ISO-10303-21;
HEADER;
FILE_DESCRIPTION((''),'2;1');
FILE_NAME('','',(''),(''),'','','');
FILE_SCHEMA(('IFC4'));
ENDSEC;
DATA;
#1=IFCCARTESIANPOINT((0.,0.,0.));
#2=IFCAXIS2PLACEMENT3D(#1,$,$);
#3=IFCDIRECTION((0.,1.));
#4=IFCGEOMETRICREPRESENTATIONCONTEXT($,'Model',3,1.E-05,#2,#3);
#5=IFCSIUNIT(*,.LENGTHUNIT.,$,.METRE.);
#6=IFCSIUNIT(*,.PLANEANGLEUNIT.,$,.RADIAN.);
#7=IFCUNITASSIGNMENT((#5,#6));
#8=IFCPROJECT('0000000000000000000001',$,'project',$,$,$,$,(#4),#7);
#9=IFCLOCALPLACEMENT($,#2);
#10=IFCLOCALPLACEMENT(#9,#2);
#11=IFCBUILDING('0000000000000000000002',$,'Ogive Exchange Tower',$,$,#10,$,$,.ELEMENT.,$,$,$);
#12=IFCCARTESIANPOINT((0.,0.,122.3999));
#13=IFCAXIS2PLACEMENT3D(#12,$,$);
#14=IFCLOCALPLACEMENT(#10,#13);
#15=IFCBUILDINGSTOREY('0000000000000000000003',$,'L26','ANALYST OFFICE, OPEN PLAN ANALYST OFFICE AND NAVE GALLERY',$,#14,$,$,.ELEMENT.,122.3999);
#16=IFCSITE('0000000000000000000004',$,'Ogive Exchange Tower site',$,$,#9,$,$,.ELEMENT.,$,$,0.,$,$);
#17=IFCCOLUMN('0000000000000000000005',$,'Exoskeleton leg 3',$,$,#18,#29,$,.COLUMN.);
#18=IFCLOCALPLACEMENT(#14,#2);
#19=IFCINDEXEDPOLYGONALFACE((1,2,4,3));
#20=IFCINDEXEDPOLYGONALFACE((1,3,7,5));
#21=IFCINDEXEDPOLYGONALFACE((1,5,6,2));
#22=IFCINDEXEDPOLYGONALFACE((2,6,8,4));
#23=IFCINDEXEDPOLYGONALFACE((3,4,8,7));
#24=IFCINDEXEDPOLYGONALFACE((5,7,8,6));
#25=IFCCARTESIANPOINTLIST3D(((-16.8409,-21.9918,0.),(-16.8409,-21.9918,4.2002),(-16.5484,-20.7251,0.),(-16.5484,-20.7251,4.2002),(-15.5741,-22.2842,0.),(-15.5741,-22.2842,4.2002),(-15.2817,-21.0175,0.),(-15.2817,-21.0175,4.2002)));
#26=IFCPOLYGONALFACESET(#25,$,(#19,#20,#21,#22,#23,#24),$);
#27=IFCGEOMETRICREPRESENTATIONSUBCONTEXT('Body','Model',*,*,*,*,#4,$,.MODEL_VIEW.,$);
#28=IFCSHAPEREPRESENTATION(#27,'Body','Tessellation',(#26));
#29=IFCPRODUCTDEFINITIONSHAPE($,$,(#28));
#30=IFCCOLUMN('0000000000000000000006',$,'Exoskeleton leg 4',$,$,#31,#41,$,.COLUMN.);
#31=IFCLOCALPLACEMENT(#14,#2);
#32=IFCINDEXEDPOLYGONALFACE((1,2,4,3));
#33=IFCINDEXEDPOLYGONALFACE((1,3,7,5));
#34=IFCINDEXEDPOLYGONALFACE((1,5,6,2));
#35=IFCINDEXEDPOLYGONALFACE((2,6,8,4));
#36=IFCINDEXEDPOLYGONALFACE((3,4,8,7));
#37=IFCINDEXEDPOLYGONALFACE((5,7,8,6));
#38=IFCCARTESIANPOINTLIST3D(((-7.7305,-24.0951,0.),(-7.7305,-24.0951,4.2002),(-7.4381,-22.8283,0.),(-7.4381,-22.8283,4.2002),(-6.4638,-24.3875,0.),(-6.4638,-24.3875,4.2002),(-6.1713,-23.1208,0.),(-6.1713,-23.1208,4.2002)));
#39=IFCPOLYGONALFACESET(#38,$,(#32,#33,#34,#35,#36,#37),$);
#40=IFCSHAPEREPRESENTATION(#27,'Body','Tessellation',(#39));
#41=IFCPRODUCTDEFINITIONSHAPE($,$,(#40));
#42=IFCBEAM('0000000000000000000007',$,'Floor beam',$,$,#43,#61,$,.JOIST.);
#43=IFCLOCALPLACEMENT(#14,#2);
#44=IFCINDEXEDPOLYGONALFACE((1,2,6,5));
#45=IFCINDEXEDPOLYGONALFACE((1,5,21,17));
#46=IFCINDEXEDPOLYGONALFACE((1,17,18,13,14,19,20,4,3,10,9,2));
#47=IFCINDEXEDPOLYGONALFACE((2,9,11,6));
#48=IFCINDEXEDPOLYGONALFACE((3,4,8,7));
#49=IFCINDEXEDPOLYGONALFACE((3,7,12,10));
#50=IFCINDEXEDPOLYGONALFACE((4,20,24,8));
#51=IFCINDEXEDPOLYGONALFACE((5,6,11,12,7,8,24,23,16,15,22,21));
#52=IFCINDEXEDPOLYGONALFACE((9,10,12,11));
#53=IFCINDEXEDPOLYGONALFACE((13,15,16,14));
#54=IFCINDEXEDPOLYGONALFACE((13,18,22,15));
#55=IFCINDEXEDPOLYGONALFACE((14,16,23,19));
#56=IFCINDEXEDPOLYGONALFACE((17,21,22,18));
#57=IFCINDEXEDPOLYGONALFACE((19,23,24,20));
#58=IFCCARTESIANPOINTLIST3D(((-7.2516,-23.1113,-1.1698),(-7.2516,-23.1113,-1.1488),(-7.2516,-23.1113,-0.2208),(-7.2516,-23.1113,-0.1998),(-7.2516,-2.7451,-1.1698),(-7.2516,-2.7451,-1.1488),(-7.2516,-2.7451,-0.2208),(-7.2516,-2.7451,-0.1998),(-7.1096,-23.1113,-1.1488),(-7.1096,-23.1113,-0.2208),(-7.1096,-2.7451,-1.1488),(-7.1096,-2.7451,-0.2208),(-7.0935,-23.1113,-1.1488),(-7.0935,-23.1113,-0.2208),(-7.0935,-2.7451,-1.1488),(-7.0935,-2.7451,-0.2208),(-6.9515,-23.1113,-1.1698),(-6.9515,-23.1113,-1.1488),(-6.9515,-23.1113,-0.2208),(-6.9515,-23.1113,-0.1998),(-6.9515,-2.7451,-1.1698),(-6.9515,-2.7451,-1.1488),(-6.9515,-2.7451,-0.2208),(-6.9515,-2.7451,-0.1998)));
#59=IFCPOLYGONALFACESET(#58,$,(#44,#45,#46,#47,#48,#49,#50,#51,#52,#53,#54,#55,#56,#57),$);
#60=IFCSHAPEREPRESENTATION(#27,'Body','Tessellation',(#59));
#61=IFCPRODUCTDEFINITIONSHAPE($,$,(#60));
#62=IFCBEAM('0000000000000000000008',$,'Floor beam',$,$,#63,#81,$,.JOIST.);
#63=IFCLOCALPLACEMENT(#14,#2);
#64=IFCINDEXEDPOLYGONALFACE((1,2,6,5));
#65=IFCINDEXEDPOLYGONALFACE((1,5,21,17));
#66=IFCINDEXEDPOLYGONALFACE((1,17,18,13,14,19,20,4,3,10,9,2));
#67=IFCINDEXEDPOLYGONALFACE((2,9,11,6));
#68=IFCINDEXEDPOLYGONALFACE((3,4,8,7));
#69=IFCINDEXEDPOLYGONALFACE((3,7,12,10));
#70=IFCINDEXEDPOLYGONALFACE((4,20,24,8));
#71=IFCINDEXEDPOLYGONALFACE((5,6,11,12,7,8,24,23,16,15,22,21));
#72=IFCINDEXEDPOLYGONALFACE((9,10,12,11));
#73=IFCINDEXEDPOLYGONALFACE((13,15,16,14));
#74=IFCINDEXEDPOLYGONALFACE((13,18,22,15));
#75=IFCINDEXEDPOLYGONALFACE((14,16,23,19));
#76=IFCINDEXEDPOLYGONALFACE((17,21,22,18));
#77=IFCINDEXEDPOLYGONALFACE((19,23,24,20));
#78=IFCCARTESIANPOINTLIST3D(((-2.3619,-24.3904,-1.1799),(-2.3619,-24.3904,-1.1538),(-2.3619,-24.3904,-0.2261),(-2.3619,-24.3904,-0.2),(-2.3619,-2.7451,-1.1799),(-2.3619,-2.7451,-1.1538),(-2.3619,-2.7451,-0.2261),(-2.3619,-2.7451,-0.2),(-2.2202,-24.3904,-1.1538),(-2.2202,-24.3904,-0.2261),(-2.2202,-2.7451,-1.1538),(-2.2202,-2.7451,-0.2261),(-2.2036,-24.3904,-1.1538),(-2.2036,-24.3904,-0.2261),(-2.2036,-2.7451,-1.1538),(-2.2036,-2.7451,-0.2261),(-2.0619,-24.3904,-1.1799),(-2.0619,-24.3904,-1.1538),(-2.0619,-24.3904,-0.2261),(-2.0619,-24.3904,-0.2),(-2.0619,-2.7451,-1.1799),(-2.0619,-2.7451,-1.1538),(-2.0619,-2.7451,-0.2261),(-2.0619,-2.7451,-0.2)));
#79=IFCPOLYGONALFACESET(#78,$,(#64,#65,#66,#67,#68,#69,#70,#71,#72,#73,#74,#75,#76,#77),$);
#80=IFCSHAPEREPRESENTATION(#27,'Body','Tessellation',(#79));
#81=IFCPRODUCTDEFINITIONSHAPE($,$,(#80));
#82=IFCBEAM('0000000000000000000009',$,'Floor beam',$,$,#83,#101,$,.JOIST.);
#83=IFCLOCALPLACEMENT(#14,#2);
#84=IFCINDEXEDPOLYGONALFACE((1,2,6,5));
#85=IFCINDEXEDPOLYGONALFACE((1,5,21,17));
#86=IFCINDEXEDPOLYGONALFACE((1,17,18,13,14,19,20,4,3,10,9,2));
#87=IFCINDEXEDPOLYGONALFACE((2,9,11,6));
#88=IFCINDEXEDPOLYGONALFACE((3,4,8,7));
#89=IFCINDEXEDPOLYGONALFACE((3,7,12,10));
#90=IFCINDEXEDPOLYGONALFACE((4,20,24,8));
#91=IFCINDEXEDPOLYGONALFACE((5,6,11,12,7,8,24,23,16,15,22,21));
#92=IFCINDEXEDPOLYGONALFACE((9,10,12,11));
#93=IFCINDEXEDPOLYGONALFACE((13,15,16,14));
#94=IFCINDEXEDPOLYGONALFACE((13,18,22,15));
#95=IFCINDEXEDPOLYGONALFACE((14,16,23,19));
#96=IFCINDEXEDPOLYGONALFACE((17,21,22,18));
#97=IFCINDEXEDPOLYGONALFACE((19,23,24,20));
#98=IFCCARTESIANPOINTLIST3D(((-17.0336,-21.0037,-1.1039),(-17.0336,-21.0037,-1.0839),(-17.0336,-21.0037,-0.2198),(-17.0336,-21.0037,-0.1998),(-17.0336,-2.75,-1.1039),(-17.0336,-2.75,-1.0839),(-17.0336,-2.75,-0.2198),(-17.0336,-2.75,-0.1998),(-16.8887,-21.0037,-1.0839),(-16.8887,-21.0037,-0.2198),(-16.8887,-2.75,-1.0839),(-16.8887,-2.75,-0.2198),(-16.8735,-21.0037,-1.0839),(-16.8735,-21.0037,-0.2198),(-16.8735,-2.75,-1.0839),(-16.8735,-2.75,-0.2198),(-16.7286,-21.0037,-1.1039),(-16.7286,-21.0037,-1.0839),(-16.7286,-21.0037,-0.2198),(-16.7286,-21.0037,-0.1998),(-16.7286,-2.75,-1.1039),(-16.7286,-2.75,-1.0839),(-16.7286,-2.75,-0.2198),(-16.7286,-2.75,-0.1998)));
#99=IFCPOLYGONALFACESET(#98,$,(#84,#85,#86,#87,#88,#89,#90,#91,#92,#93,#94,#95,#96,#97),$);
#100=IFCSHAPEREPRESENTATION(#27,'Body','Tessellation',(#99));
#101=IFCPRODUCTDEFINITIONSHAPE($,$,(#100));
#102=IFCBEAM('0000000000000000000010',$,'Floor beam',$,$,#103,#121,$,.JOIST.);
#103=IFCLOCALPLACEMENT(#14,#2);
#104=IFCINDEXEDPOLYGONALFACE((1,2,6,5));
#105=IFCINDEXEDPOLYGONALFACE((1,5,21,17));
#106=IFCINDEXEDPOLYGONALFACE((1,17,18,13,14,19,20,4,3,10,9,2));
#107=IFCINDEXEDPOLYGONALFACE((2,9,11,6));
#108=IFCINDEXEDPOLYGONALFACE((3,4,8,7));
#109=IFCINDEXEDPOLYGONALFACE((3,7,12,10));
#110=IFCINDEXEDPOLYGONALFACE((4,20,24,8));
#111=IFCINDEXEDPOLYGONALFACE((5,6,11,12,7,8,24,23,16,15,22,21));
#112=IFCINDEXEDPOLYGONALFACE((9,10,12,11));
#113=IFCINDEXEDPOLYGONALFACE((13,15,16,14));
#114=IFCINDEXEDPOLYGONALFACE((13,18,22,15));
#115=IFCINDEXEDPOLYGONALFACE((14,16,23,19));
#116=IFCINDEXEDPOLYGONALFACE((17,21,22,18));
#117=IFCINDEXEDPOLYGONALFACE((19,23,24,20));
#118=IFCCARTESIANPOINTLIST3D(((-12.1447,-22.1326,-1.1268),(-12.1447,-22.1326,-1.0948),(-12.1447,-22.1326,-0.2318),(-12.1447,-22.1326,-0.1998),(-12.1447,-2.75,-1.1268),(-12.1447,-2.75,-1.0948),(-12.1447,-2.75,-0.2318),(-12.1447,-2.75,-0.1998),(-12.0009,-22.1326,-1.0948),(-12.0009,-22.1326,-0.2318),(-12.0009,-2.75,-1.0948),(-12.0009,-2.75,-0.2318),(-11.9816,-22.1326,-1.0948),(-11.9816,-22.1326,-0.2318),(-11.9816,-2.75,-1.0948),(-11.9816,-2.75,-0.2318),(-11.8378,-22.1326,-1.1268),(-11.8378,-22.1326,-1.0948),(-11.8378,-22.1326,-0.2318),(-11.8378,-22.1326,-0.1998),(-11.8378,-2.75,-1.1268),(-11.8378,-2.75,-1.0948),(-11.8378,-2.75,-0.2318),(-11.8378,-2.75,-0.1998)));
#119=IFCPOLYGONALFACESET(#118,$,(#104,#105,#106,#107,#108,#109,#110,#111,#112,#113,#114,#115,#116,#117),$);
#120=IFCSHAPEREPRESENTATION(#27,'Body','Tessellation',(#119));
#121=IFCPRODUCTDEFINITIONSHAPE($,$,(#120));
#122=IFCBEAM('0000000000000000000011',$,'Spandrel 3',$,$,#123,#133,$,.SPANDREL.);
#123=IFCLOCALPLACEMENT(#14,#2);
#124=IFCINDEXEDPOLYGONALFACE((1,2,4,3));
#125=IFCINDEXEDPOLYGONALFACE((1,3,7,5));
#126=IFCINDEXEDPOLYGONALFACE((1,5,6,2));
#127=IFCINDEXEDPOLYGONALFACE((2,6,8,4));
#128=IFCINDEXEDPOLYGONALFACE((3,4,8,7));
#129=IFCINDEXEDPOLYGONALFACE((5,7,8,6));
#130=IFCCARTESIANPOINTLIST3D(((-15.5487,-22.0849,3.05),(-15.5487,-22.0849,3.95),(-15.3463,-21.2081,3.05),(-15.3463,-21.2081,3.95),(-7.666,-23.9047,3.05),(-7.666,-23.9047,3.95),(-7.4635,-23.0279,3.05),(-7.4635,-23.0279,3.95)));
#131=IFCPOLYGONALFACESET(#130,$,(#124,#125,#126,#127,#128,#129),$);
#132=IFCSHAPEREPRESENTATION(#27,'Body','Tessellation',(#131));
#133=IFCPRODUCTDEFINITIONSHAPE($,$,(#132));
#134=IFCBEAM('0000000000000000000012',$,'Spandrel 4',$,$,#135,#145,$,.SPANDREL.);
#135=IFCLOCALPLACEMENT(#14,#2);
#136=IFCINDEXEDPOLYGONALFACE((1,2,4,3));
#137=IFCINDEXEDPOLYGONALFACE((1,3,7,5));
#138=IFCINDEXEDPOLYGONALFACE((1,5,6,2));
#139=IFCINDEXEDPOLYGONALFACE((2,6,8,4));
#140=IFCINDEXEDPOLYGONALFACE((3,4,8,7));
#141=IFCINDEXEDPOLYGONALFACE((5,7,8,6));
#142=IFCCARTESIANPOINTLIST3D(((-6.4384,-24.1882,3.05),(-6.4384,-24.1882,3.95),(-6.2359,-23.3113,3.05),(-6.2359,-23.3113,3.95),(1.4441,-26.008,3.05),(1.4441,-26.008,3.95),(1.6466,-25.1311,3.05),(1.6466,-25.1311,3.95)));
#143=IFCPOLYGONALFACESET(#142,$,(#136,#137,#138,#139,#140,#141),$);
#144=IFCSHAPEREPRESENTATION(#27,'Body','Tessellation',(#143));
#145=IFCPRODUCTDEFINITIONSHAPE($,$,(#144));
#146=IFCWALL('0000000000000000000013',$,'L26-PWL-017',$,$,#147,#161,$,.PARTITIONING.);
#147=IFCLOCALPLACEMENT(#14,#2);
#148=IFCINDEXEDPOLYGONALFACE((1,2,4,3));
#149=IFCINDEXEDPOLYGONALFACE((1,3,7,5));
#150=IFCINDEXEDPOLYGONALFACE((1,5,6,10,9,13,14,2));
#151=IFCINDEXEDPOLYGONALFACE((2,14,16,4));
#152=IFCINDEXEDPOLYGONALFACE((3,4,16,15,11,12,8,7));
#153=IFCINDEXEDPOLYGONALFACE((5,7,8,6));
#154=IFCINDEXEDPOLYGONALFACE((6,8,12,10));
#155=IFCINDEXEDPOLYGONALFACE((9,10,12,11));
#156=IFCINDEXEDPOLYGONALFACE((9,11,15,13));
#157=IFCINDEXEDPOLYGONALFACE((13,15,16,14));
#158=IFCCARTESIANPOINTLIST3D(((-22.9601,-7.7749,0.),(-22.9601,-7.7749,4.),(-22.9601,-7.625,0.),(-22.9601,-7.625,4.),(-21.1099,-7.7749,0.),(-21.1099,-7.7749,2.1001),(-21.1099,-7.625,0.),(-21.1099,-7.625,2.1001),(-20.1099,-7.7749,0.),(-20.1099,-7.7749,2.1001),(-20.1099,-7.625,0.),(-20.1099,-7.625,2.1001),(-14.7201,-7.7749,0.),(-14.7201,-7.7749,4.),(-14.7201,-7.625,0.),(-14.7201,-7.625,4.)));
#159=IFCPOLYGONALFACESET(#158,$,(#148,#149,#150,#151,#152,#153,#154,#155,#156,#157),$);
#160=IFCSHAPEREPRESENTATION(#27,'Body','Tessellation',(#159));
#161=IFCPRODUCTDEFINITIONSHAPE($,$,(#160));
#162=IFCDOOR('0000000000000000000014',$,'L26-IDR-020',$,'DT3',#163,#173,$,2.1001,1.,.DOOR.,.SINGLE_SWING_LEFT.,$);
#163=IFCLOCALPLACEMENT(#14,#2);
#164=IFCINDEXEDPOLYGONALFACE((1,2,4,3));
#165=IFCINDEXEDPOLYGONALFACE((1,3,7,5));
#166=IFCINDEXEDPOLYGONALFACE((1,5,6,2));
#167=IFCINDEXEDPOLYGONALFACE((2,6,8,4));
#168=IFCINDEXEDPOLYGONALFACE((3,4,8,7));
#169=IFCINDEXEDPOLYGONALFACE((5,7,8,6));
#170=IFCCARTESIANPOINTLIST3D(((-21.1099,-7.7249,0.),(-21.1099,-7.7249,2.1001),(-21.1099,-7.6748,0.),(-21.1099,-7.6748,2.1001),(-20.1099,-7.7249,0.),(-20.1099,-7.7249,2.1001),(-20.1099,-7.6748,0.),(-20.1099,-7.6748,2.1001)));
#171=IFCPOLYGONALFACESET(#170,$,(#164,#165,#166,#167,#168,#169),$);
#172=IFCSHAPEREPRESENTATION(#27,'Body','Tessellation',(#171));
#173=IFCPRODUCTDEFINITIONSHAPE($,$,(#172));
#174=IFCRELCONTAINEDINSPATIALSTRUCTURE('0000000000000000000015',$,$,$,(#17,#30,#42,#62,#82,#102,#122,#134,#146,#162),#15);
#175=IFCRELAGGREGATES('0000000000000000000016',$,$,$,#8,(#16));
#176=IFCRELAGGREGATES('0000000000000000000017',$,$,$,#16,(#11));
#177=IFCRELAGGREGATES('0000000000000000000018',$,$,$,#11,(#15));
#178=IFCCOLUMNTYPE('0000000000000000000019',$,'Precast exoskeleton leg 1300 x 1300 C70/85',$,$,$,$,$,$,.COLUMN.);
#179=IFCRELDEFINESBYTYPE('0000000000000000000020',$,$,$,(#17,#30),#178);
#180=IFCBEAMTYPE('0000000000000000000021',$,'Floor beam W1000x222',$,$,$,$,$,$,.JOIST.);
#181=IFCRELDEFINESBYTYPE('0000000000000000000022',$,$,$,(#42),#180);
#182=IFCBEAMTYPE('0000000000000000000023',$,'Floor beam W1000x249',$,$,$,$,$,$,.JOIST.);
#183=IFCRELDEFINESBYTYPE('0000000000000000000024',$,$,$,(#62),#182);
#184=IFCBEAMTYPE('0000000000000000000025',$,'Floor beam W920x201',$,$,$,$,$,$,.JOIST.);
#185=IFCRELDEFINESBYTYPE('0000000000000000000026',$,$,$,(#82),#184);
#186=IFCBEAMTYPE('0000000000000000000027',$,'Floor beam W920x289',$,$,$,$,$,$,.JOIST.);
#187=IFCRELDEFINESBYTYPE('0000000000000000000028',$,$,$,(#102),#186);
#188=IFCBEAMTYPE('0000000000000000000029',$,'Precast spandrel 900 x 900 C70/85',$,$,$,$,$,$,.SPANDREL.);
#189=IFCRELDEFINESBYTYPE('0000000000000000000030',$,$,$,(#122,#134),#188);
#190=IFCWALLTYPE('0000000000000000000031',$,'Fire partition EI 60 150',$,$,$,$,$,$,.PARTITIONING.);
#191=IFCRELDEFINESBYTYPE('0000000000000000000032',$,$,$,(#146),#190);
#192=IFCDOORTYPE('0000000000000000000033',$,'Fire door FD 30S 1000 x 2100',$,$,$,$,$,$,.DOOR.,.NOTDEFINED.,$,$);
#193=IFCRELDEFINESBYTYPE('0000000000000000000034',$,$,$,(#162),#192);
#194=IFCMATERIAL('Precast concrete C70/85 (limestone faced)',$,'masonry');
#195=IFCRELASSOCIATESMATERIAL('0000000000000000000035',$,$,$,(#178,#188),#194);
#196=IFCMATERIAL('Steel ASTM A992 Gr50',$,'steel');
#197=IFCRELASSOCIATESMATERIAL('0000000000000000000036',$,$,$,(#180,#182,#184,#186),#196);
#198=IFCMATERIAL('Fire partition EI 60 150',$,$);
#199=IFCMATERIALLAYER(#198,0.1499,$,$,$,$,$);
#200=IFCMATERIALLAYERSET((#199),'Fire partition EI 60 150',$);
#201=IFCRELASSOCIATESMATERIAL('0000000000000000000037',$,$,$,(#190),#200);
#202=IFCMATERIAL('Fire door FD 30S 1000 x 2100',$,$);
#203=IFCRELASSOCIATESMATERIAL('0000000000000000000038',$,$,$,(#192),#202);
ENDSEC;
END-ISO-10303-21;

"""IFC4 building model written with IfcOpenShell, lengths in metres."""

from ifc_helpers import new_model, si_unit, direction, frame, frame_2d, origin, origin_2d, place, context, subcontext, project, spatial, rectangle, i_section, extrude, material, layer, layer_set, material_profile, profile_set, type_object, element, fill, save


model = new_model("IFC4")

# Units and contexts
model_context = context("Model", 3, precision=1e-05, world=origin(), true_north=direction((0.0, 1.0)))
body_context = subcontext(model_context, "Body", "Model", "MODEL_VIEW")
ifc_project = project(units=[si_unit("LENGTHUNIT", "METRE"), si_unit("PLANEANGLEUNIT", "RADIAN")], contexts=[model_context])

# Site, building, storey
site_placement = place(None, origin())
site = spatial("IfcSite", under=ifc_project, at=site_placement, Name="Ogive Exchange Tower site", CompositionType="ELEMENT", RefElevation=0.0)
building_placement = place(site_placement, origin())
building = spatial("IfcBuilding", under=site, at=building_placement, Name="Ogive Exchange Tower", CompositionType="ELEMENT")
storey_placement = place(building_placement, frame((0.0, 0.0, 122.3999)))
storey = spatial("IfcBuildingStorey", under=building, at=storey_placement, Name="L26", Description="ANALYST OFFICE, OPEN PLAN ANALYST OFFICE AND NAVE GALLERY", CompositionType="ELEMENT", Elevation=122.3999)

# Columns
ifc_material_1 = material(Name="Precast concrete C70/85 (limestone faced)", Category="masonry")
ifc_material_profile_1 = material_profile(ifc_material_1, rectangle(XDim=1.3, YDim=1.3, at=origin_2d()), Name="1300 x 1300")
ifc_profile_set_1 = profile_set([ifc_material_profile_1], Name="Precast concrete C70/85 (limestone faced)")
column_type = type_object("IfcColumnType", Name="Precast exoskeleton leg 1300 x 1300 C70/85", PredefinedType="COLUMN", material=ifc_profile_set_1)
for number, where, z_axis, x_axis, name in (
    (1, (-16.0613, -21.5046, 0.0), (0.0, 0.0, 1.0), (0.97437, -0.224951, 0.0), "Exoskeleton leg 3"),
    (2, (-6.9509, -23.6079, 0.0), (0.0, 0.0, 1.0), (0.97437, -0.224951, 0.0), "Exoskeleton leg 4"),
):
    element("IfcColumn", number, at=place(storey_placement, frame(where, z_axis=z_axis, x_axis=x_axis)), inside=storey, type_object=column_type, Name=name, PredefinedType="COLUMN", context=body_context, shape_type="SweptSolid", body=[
        extrude(rectangle(XDim=1.3, YDim=1.3, at=origin_2d()), origin(), (0.0, 0.0, 1.0), 4.2002),
    ])

# Beams
ifc_material_2 = material(Name="Steel ASTM A992 Gr50", Category="steel")
ifc_material_profile_2 = material_profile(ifc_material_2, i_section(OverallWidth=0.3, OverallDepth=0.97, WebThickness=0.0161, FlangeThickness=0.021, at=origin_2d()), Name="W1000x222")
ifc_profile_set_2 = profile_set([ifc_material_profile_2], Name="Steel ASTM A992 Gr50")
beam_type_1 = type_object("IfcBeamType", Name="Floor beam W1000x222", PredefinedType="JOIST", material=ifc_profile_set_2)
beam_1_placement = place(storey_placement, frame((-7.1016, -23.1113, -0.6848), z_axis=(0.0, 1.0, 0.0), x_axis=(-1.0, 0.0, 0.0)))
element("IfcBeam", 3, at=beam_1_placement, inside=storey, type_object=beam_type_1, Name="Floor beam", PredefinedType="JOIST", context=body_context, shape_type="SweptSolid", body=[
    extrude(i_section(OverallWidth=0.3, OverallDepth=0.97, WebThickness=0.0161, FlangeThickness=0.021, at=origin_2d()), origin(), (0.0, 0.0, 1.0), 20.3662),
])
ifc_material_profile_3 = material_profile(ifc_material_2, i_section(OverallWidth=0.3, OverallDepth=0.98, WebThickness=0.0166, FlangeThickness=0.0261, at=origin_2d()), Name="W1000x249")
ifc_profile_set_3 = profile_set([ifc_material_profile_3], Name="Steel ASTM A992 Gr50")
beam_type_2 = type_object("IfcBeamType", Name="Floor beam W1000x249", PredefinedType="JOIST", material=ifc_profile_set_3)
beam_2_placement = place(storey_placement, frame((-2.2119, -24.3904, -0.6899), z_axis=(0.0, 1.0, 0.0), x_axis=(-1.0, 0.0, 0.0)))
element("IfcBeam", 4, at=beam_2_placement, inside=storey, type_object=beam_type_2, Name="Floor beam", PredefinedType="JOIST", context=body_context, shape_type="SweptSolid", body=[
    extrude(i_section(OverallWidth=0.3, OverallDepth=0.98, WebThickness=0.0166, FlangeThickness=0.0261, at=origin_2d()), origin(), (0.0, 0.0, 1.0), 21.6453),
])
ifc_material_profile_4 = material_profile(ifc_material_2, i_section(OverallWidth=0.3049, OverallDepth=0.9041, WebThickness=0.0151, FlangeThickness=0.02, at=origin_2d()), Name="W920x201")
ifc_profile_set_4 = profile_set([ifc_material_profile_4], Name="Steel ASTM A992 Gr50")
beam_type_3 = type_object("IfcBeamType", Name="Floor beam W920x201", PredefinedType="JOIST", material=ifc_profile_set_4)
beam_3_placement = place(storey_placement, frame((-16.8811, -21.0037, -0.6519), z_axis=(0.0, 1.0, 0.0), x_axis=(-1.0, 0.0, 0.0)))
element("IfcBeam", 5, at=beam_3_placement, inside=storey, type_object=beam_type_3, Name="Floor beam", PredefinedType="JOIST", context=body_context, shape_type="SweptSolid", body=[
    extrude(i_section(OverallWidth=0.3049, OverallDepth=0.9041, WebThickness=0.0151, FlangeThickness=0.02, at=origin_2d()), origin(), (0.0, 0.0, 1.0), 18.2537),
])
ifc_material_profile_5 = material_profile(ifc_material_2, i_section(OverallWidth=0.3069, OverallDepth=0.927, WebThickness=0.0193, FlangeThickness=0.032, at=origin_2d()), Name="W920x289")
ifc_profile_set_5 = profile_set([ifc_material_profile_5], Name="Steel ASTM A992 Gr50")
beam_type_4 = type_object("IfcBeamType", Name="Floor beam W920x289", PredefinedType="JOIST", material=ifc_profile_set_5)
beam_4_placement = place(storey_placement, frame((-11.9912, -22.1326, -0.6633), z_axis=(0.0, 1.0, 0.0), x_axis=(-1.0, 0.0, 0.0)))
element("IfcBeam", 6, at=beam_4_placement, inside=storey, type_object=beam_type_4, Name="Floor beam", PredefinedType="JOIST", context=body_context, shape_type="SweptSolid", body=[
    extrude(i_section(OverallWidth=0.3069, OverallDepth=0.927, WebThickness=0.0193, FlangeThickness=0.032, at=origin_2d()), origin(), (0.0, 0.0, 1.0), 19.3826),
])
ifc_material_profile_6 = material_profile(ifc_material_1, rectangle(XDim=0.8999, YDim=0.8999, at=origin_2d()), Name="900 x 900")
ifc_profile_set_6 = profile_set([ifc_material_profile_6], Name="Precast concrete C70/85 (limestone faced)")
beam_type_5 = type_object("IfcBeamType", Name="Precast spandrel 900 x 900 C70/85", PredefinedType="SPANDREL", material=ifc_profile_set_6)
beam_5_placement = place(storey_placement, frame((-15.4475, -21.6465, 3.5), z_axis=(0.974372, -0.224943, 0.0), x_axis=(0.224943, 0.974372, 0.0)))
element("IfcBeam", 7, at=beam_5_placement, inside=storey, type_object=beam_type_5, Name="Spandrel 3", PredefinedType="SPANDREL", context=body_context, shape_type="SweptSolid", body=[
    extrude(rectangle(XDim=0.8999, YDim=0.8999, at=origin_2d()), origin(), (0.0, 0.0, 1.0), 8.0901),
])
beam_6_placement = place(storey_placement, frame((-6.3372, -23.7498, 3.5), z_axis=(0.97437, -0.22495, 0.0), x_axis=(0.22495, 0.97437, 0.0)))
element("IfcBeam", 8, at=beam_6_placement, inside=storey, type_object=beam_type_5, Name="Spandrel 4", PredefinedType="SPANDREL", context=body_context, shape_type="SweptSolid", body=[
    extrude(rectangle(XDim=0.8999, YDim=0.8999, at=origin_2d()), origin(), (0.0, 0.0, 1.0), 8.0898),
])

# Wall, opening, door
ifc_material_3 = material(Name="Fire partition EI 60 150")
ifc_layer_1 = layer(ifc_material_3, 0.1499)
ifc_layer_set_1 = layer_set([ifc_layer_1], Name="Fire partition EI 60 150")
wall_type_1 = type_object("IfcWallType", Name="Fire partition EI 60 150", PredefinedType="PARTITIONING", material=ifc_layer_set_1)
wall_1_placement = place(storey_placement, frame((-14.72, -7.7, 0.0), z_axis=(0.0, 0.0, 1.0), x_axis=(-1.0, 0.0, 0.0)))
wall_1 = element("IfcWall", 9, at=wall_1_placement, inside=storey, type_object=wall_type_1, Name="L26-PWL-017", PredefinedType="PARTITIONING", context=body_context, shape_type="SweptSolid", body=[
    extrude(rectangle(XDim=8.24, YDim=0.1499, at=frame_2d((4.1201, 0.0))), origin(), (0.0, 0.0, 1.0), 4.0),
])
opening_1_placement = place(wall_1_placement, frame((5.3899, 0.0, 0.0)))
opening_1 = element("IfcOpeningElement", 10, at=opening_1_placement, cuts=wall_1, PredefinedType="OPENING", context=body_context, shape_type="SweptSolid", body=[
    extrude(rectangle(XDim=1.0, YDim=2.1001, at=frame_2d((0.5, 1.05))), frame((0.0, 0.085, 0.0), z_axis=(0.0, -1.0, 0.0), x_axis=(1.0, 0.0, 0.0)), (0.0, 0.0, 1.0), 0.1699),
])
ifc_material_4 = material(Name="Fire door FD 30S 1000 x 2100")
door_type_1 = type_object("IfcDoorType", Name="Fire door FD 30S 1000 x 2100", OperationType="NOTDEFINED", PredefinedType="DOOR", material=ifc_material_4)
door_1_placement = place(opening_1_placement, origin())
door_1 = element("IfcDoor", 11, at=door_1_placement, inside=storey, type_object=door_type_1, Name="L26-IDR-020", ObjectType="DT3", OperationType="SINGLE_SWING_LEFT", OverallHeight=2.1001, OverallWidth=1.0, PredefinedType="DOOR", context=body_context, shape_type="SweptSolid", body=[
    extrude(rectangle(XDim=1.0, YDim=2.1001, at=frame_2d((0.5, 1.05))), frame((0.0, 0.0249, 0.0), z_axis=(0.0, -1.0, 0.0), x_axis=(1.0, 0.0, 0.0)), (0.0, 0.0, 1.0), 0.05),
])
fill(opening_1, door_1)

save(model, "model.ifc")
